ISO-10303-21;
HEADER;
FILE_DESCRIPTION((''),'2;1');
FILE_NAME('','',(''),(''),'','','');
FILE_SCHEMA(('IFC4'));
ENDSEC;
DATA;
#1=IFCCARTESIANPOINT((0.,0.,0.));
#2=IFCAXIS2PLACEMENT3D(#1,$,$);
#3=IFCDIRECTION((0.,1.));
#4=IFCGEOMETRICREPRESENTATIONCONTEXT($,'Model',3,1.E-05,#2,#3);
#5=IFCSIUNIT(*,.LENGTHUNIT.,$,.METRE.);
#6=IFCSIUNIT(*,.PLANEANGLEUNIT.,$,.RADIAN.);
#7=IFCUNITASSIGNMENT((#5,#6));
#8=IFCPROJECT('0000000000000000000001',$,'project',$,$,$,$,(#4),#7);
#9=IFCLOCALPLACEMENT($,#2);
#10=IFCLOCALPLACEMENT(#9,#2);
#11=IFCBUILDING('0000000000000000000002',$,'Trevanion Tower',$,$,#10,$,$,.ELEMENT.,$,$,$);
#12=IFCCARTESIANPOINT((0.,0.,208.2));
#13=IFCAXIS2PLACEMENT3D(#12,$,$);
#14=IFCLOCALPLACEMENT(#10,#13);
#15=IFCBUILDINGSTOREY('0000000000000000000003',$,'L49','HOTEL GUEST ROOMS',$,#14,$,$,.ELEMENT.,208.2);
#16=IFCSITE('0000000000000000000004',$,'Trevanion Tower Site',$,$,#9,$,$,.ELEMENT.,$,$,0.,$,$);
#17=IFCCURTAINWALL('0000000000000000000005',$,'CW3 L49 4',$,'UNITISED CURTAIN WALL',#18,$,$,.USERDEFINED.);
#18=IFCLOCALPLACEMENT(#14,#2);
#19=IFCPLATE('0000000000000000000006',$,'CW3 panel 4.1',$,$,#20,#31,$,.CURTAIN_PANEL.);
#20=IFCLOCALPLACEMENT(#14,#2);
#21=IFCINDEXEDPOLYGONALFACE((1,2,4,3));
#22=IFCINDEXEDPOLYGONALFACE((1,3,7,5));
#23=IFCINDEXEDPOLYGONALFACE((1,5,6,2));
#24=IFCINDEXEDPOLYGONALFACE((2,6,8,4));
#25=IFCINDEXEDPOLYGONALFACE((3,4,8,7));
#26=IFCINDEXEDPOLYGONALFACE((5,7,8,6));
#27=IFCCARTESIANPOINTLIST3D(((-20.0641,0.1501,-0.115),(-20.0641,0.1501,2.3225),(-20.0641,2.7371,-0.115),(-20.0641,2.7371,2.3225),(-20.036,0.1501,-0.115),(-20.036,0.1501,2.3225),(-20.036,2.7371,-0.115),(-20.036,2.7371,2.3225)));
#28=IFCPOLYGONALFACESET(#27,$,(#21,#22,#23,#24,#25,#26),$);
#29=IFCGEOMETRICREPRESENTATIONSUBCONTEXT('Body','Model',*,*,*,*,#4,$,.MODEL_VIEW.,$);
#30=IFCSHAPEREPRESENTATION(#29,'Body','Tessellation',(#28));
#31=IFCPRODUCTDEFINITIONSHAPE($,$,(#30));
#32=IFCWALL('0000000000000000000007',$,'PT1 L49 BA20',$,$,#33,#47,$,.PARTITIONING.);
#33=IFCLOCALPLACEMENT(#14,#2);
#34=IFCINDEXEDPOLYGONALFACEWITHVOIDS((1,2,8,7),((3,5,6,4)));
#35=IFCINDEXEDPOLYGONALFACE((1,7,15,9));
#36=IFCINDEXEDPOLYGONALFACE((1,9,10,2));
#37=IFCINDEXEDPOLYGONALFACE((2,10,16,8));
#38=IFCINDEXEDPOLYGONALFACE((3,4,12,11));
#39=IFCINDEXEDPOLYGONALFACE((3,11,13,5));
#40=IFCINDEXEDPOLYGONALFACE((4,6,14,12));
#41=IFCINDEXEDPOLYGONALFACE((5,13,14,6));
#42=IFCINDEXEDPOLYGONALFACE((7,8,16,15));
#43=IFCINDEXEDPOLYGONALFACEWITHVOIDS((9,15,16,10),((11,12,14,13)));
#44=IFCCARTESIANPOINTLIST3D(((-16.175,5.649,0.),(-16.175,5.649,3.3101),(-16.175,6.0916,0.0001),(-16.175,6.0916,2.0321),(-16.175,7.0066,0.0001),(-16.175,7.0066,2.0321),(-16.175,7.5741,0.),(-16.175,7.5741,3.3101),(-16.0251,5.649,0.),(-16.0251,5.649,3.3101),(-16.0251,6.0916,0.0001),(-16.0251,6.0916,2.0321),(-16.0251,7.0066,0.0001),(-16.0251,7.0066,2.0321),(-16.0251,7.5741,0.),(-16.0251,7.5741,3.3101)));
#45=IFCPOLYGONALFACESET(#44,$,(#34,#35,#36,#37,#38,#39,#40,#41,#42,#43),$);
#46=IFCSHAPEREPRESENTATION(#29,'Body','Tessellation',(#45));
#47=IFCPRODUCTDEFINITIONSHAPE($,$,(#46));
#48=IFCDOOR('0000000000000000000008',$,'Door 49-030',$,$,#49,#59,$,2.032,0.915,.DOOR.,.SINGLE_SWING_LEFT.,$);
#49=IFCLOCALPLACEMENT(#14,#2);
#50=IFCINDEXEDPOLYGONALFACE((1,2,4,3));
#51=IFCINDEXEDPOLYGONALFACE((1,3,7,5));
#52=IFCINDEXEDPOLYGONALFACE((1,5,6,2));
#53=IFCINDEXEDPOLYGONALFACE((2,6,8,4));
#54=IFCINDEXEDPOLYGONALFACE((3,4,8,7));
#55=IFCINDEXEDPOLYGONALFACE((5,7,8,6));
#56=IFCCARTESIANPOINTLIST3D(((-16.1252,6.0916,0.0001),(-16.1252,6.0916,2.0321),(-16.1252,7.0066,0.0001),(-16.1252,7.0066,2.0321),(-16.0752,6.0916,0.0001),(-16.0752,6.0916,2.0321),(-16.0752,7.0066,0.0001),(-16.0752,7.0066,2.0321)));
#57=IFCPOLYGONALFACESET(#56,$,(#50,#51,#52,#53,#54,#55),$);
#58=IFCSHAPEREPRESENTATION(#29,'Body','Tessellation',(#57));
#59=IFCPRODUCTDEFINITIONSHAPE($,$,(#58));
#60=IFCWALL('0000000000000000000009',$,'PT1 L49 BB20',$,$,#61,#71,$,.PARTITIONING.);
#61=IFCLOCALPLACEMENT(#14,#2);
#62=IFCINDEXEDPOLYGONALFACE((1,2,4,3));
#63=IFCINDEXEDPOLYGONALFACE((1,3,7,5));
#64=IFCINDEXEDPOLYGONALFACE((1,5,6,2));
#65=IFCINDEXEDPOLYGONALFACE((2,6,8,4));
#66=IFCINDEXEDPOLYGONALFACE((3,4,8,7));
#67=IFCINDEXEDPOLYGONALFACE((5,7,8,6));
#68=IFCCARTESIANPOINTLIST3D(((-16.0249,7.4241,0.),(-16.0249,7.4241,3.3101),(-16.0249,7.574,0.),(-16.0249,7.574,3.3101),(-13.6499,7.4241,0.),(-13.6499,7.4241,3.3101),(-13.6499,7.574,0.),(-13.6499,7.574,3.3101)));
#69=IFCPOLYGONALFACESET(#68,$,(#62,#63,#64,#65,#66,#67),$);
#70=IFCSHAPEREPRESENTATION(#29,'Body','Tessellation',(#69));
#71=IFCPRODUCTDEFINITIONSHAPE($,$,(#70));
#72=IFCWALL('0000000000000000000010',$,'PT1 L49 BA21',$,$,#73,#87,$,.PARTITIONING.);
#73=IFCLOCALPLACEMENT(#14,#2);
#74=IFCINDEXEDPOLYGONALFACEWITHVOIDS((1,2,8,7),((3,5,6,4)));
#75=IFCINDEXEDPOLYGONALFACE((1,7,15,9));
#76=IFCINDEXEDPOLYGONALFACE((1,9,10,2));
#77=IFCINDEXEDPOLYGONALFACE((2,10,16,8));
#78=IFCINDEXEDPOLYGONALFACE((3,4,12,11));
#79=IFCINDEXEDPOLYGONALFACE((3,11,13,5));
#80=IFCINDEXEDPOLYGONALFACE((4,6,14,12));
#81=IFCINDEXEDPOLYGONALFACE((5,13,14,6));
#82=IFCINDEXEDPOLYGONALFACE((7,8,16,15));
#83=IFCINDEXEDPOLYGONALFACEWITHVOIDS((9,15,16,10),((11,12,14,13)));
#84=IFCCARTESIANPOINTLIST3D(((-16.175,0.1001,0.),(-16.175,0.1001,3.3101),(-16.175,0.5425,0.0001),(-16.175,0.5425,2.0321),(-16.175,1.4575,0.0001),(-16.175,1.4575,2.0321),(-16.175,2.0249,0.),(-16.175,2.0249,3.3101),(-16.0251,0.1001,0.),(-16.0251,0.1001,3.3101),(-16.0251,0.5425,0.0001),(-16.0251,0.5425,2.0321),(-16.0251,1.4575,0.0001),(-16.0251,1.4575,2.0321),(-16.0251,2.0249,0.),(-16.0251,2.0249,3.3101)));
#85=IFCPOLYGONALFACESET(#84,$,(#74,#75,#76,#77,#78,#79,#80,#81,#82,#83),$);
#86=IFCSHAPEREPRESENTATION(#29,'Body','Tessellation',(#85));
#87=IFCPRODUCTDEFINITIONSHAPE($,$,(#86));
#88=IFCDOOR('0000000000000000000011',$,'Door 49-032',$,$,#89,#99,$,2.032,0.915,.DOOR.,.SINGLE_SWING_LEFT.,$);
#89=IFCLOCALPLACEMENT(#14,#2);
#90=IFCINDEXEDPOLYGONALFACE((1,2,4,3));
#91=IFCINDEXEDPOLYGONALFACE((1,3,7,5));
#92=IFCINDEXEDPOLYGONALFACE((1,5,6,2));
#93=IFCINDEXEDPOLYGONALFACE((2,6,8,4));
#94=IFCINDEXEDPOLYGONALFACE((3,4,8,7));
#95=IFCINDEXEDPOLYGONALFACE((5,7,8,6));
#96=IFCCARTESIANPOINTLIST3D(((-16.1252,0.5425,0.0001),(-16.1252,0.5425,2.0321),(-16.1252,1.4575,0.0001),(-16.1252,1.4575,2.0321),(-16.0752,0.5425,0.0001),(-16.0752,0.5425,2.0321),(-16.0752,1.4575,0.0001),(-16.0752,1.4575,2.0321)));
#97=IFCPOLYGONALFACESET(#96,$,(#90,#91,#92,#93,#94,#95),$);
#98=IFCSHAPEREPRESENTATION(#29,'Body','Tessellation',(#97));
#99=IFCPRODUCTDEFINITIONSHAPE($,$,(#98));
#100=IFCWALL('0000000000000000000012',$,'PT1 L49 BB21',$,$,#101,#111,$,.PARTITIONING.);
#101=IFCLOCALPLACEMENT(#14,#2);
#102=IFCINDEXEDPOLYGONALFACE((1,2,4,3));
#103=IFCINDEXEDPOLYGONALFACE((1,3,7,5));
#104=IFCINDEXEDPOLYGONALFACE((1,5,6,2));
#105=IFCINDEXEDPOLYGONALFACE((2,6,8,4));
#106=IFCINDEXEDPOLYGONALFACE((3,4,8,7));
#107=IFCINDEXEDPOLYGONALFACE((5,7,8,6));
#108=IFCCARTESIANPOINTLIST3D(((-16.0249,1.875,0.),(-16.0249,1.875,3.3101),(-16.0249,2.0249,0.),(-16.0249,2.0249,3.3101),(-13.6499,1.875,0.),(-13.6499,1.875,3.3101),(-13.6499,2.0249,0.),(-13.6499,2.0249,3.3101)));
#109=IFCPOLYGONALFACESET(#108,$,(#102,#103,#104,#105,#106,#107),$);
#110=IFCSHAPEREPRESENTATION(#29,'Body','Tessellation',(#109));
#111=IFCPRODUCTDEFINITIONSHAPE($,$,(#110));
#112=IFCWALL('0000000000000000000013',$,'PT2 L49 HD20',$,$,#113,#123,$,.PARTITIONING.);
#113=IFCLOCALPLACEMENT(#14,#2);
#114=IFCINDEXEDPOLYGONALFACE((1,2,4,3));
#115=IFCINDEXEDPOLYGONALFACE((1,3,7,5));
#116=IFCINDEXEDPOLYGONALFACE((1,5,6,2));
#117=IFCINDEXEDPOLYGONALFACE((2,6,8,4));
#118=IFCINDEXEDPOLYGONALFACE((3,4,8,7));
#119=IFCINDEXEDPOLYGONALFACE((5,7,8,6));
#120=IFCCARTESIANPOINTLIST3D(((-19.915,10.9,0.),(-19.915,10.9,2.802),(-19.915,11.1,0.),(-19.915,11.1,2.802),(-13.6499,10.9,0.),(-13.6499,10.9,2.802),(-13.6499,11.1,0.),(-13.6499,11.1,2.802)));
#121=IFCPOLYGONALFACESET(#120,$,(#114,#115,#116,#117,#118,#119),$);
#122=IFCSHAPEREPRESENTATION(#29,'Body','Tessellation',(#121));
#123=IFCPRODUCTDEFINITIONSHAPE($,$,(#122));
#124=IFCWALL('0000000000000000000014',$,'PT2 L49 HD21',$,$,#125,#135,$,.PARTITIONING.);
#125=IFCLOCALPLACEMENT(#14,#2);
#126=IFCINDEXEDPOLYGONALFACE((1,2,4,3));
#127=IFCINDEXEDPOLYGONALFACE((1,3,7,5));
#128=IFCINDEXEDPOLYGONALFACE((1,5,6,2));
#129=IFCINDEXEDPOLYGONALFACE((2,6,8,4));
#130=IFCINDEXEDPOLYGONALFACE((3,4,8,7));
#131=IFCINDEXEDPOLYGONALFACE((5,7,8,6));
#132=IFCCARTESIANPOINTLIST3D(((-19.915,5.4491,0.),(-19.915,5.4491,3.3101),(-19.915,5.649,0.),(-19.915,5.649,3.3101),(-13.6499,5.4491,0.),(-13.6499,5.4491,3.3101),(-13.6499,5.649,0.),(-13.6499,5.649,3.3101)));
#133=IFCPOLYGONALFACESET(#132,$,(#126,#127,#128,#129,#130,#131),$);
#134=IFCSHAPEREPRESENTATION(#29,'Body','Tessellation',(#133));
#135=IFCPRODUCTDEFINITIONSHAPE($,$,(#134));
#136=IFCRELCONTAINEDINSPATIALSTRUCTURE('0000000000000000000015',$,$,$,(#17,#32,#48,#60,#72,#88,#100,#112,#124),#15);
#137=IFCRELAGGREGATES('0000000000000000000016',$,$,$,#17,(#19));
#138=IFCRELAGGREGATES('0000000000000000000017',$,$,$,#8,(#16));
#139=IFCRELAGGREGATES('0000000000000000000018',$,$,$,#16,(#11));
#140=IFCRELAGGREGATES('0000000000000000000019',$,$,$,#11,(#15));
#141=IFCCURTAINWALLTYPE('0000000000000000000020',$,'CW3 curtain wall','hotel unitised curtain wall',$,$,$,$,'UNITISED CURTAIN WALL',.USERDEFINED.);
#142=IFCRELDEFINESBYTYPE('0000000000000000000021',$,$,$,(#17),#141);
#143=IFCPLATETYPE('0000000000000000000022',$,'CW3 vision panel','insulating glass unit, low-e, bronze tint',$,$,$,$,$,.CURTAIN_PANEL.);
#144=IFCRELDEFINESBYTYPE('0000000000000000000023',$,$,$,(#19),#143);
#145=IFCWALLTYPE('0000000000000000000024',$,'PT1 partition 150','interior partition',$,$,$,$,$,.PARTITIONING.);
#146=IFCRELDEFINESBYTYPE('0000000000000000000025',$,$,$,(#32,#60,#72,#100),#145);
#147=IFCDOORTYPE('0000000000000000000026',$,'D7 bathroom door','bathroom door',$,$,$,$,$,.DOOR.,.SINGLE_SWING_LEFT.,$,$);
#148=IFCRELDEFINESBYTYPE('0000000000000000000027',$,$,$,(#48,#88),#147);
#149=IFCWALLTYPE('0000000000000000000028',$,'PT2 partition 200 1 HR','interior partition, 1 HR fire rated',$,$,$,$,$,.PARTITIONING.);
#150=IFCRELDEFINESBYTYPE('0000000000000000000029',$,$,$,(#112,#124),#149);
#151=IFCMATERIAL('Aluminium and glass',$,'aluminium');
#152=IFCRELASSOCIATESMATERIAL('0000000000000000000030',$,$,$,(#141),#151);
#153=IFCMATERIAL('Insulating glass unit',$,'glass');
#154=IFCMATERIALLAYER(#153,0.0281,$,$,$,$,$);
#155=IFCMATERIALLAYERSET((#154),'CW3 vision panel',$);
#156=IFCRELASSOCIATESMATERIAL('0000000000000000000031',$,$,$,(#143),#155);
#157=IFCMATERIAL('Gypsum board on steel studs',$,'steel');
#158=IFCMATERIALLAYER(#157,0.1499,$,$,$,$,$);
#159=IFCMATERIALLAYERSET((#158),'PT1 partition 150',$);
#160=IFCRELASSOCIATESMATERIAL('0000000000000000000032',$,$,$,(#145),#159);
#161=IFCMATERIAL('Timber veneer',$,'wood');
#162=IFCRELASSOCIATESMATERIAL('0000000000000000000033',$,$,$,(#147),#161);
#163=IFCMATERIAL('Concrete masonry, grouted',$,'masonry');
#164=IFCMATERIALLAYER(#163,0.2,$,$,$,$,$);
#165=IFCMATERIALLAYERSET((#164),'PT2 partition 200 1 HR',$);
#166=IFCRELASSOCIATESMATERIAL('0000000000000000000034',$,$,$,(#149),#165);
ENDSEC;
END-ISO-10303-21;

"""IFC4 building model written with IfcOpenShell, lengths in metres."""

from ifc_helpers import new_model, si_unit, direction, frame, frame_2d, origin, origin_2d, place, context, subcontext, project, spatial, rectangle, extrude, material, layer, layer_set, type_object, element, fill, aggregate, save


model = new_model("IFC4")

# Units and contexts
model_context = context("Model", 3, precision=1e-05, world=origin(), true_north=direction((0.0, 1.0)))
body_context = subcontext(model_context, "Body", "Model", "MODEL_VIEW")
ifc_project = project(units=[si_unit("LENGTHUNIT", "METRE"), si_unit("PLANEANGLEUNIT", "RADIAN")], contexts=[model_context])

# Site, building, storey
site_placement = place(None, origin())
site = spatial("IfcSite", under=ifc_project, at=site_placement, Name="Trevanion Tower Site", CompositionType="ELEMENT", RefElevation=0.0)
building_placement = place(site_placement, origin())
building = spatial("IfcBuilding", under=site, at=building_placement, Name="Trevanion Tower", CompositionType="ELEMENT")
storey_placement = place(building_placement, frame((0.0, 0.0, 208.2)))
storey = spatial("IfcBuildingStorey", under=building, at=storey_placement, Name="L49", Description="HOTEL GUEST ROOMS", CompositionType="ELEMENT", Elevation=208.2)

# Curtain wall
ifc_material_1 = material(Name="Aluminium and glass", Category="aluminium")
curtain_wall_type = type_object("IfcCurtainWallType", Name="CW3 curtain wall", Description="hotel unitised curtain wall", ElementType="UNITISED CURTAIN WALL", PredefinedType="USERDEFINED", material=ifc_material_1)
curtain_wall_placement = place(storey_placement, origin())
curtain_wall = element("IfcCurtainWall", 1, at=curtain_wall_placement, inside=storey, type_object=curtain_wall_type, Name="CW3 L49 4", ObjectType="UNITISED CURTAIN WALL", PredefinedType="USERDEFINED")

# Plate
ifc_material_2 = material(Name="Insulating glass unit", Category="glass")
ifc_layer_1 = layer(ifc_material_2, 0.0281)
ifc_layer_set_1 = layer_set([ifc_layer_1], Name="CW3 vision panel")
plate_type_1 = type_object("IfcPlateType", Name="CW3 vision panel", Description="insulating glass unit, low-e, bronze tint", PredefinedType="CURTAIN_PANEL", material=ifc_layer_set_1)
plate_1_placement = place(storey_placement, frame((-20.05, 1.4436, -0.115), z_axis=(0.0, 0.0, 1.0), x_axis=(0.0, -1.0, 0.0)))
plate_1 = element("IfcPlate", 2, at=plate_1_placement, type_object=plate_type_1, Name="CW3 panel 4.1", PredefinedType="CURTAIN_PANEL", context=body_context, shape_type="SweptSolid", body=[
    extrude(rectangle(XDim=2.5869, YDim=0.0281, at=origin_2d()), origin(), (0.0, 0.0, 1.0), 2.4375),
])
aggregate(curtain_wall, [plate_1])

# Wall, opening, door
ifc_material_3 = material(Name="Gypsum board on steel studs", Category="steel")
ifc_layer_2 = layer(ifc_material_3, 0.1499)
ifc_layer_set_2 = layer_set([ifc_layer_2], Name="PT1 partition 150")
wall_type_1 = type_object("IfcWallType", Name="PT1 partition 150", Description="interior partition", PredefinedType="PARTITIONING", material=ifc_layer_set_2)
wall_1_placement = place(storey_placement, frame((-16.1001, 7.574, 0.0), z_axis=(0.0, 0.0, 1.0), x_axis=(0.0, -1.0, 0.0)))
wall_1 = element("IfcWall", 3, at=wall_1_placement, inside=storey, type_object=wall_type_1, Name="PT1 L49 BA20", PredefinedType="PARTITIONING", context=body_context, shape_type="SweptSolid", body=[
    extrude(rectangle(XDim=1.925, YDim=0.1499, at=frame_2d((0.9624, 0.0))), origin(), (0.0, 0.0, 1.0), 3.3101),
])
opening_1_placement = place(wall_1_placement, frame((0.5674, 0.0, 0.0)))
opening_1 = element("IfcOpeningElement", 4, at=opening_1_placement, cuts=wall_1, PredefinedType="OPENING", context=body_context, shape_type="SweptSolid", body=[
    extrude(rectangle(XDim=0.915, YDim=2.032, at=frame_2d((0.4575, 1.0161))), frame((0.0, 0.085, 0.0), z_axis=(0.0, -1.0, 0.0), x_axis=(1.0, 0.0, 0.0)), (0.0, 0.0, 1.0), 0.1699),
])
ifc_material_4 = material(Name="Timber veneer", Category="wood")
door_type = type_object("IfcDoorType", Name="D7 bathroom door", Description="bathroom door", OperationType="SINGLE_SWING_LEFT", PredefinedType="DOOR", material=ifc_material_4)
door_1_placement = place(opening_1_placement, origin())
door_1 = element("IfcDoor", 5, at=door_1_placement, inside=storey, type_object=door_type, Name="Door 49-030", OperationType="SINGLE_SWING_LEFT", OverallHeight=2.032, OverallWidth=0.915, PredefinedType="DOOR", context=body_context, shape_type="SweptSolid", body=[
    extrude(rectangle(XDim=0.915, YDim=2.032, at=frame_2d((0.4575, 1.0161))), frame((0.0, 0.0249, 0.0), z_axis=(0.0, -1.0, 0.0), x_axis=(1.0, 0.0, 0.0)), (0.0, 0.0, 1.0), 0.05),
])
fill(opening_1, door_1)

# Wall
wall_2_placement = place(storey_placement, frame((-13.6499, 7.499, 0.0), z_axis=(0.0, 0.0, 1.0), x_axis=(-1.0, 0.0, 0.0)))
element("IfcWall", 6, at=wall_2_placement, inside=storey, type_object=wall_type_1, Name="PT1 L49 BB20", PredefinedType="PARTITIONING", context=body_context, shape_type="SweptSolid", body=[
    extrude(rectangle(XDim=2.375, YDim=0.1499, at=frame_2d((1.1875, 0.0))), origin(), (0.0, 0.0, 1.0), 3.3101),
])

# Wall, opening, door
wall_3_placement = place(storey_placement, frame((-16.1001, 2.0249, 0.0), z_axis=(0.0, 0.0, 1.0), x_axis=(0.0, -1.0, 0.0)))
wall_3 = element("IfcWall", 7, at=wall_3_placement, inside=storey, type_object=wall_type_1, Name="PT1 L49 BA21", PredefinedType="PARTITIONING", context=body_context, shape_type="SweptSolid", body=[
    extrude(rectangle(XDim=1.9248, YDim=0.1499, at=frame_2d((0.9624, 0.0))), origin(), (0.0, 0.0, 1.0), 3.3101),
])
opening_2_placement = place(wall_3_placement, frame((0.5674, 0.0, 0.0)))
opening_2 = element("IfcOpeningElement", 8, at=opening_2_placement, cuts=wall_3, PredefinedType="OPENING", context=body_context, shape_type="SweptSolid", body=[
    extrude(rectangle(XDim=0.915, YDim=2.032, at=frame_2d((0.4575, 1.0161))), frame((0.0, 0.085, 0.0), z_axis=(0.0, -1.0, 0.0), x_axis=(1.0, 0.0, 0.0)), (0.0, 0.0, 1.0), 0.1699),
])
door_2_placement = place(opening_2_placement, origin())
door_2 = element("IfcDoor", 9, at=door_2_placement, inside=storey, type_object=door_type, Name="Door 49-032", OperationType="SINGLE_SWING_LEFT", OverallHeight=2.032, OverallWidth=0.915, PredefinedType="DOOR", context=body_context, shape_type="SweptSolid", body=[
    extrude(rectangle(XDim=0.915, YDim=2.032, at=frame_2d((0.4575, 1.0161))), frame((0.0, 0.0249, 0.0), z_axis=(0.0, -1.0, 0.0), x_axis=(1.0, 0.0, 0.0)), (0.0, 0.0, 1.0), 0.05),
])
fill(opening_2, door_2)

# Walls
wall_4_placement = place(storey_placement, frame((-13.6499, 1.95, 0.0), z_axis=(0.0, 0.0, 1.0), x_axis=(-1.0, 0.0, 0.0)))
element("IfcWall", 10, at=wall_4_placement, inside=storey, type_object=wall_type_1, Name="PT1 L49 BB21", PredefinedType="PARTITIONING", context=body_context, shape_type="SweptSolid", body=[
    extrude(rectangle(XDim=2.375, YDim=0.1499, at=frame_2d((1.1875, 0.0))), origin(), (0.0, 0.0, 1.0), 3.3101),
])
ifc_material_5 = material(Name="Concrete masonry, grouted", Category="masonry")
ifc_layer_3 = layer(ifc_material_5, 0.2)
ifc_layer_set_3 = layer_set([ifc_layer_3], Name="PT2 partition 200 1 HR")
wall_type_2 = type_object("IfcWallType", Name="PT2 partition 200 1 HR", Description="interior partition, 1 HR fire rated", PredefinedType="PARTITIONING", material=ifc_layer_set_3)
wall_5_placement = place(storey_placement, frame((-13.6499, 11.0, 0.0), z_axis=(0.0, 0.0, 1.0), x_axis=(-1.0, 0.0, 0.0)))
element("IfcWall", 11, at=wall_5_placement, inside=storey, type_object=wall_type_2, Name="PT2 L49 HD20", PredefinedType="PARTITIONING", context=body_context, shape_type="SweptSolid", body=[
    extrude(rectangle(XDim=6.2651, YDim=0.2, at=frame_2d((3.1326, 0.0))), origin(), (0.0, 0.0, 1.0), 2.802),
])
wall_6_placement = place(storey_placement, frame((-13.6499, 5.5491, 0.0), z_axis=(0.0, 0.0, 1.0), x_axis=(-1.0, 0.0, 0.0)))
element("IfcWall", 12, at=wall_6_placement, inside=storey, type_object=wall_type_2, Name="PT2 L49 HD21", PredefinedType="PARTITIONING", context=body_context, shape_type="SweptSolid", body=[
    extrude(rectangle(XDim=6.2651, YDim=0.2, at=frame_2d((3.1326, 0.0))), origin(), (0.0, 0.0, 1.0), 3.3101),
])

save(model, "model.ifc")
